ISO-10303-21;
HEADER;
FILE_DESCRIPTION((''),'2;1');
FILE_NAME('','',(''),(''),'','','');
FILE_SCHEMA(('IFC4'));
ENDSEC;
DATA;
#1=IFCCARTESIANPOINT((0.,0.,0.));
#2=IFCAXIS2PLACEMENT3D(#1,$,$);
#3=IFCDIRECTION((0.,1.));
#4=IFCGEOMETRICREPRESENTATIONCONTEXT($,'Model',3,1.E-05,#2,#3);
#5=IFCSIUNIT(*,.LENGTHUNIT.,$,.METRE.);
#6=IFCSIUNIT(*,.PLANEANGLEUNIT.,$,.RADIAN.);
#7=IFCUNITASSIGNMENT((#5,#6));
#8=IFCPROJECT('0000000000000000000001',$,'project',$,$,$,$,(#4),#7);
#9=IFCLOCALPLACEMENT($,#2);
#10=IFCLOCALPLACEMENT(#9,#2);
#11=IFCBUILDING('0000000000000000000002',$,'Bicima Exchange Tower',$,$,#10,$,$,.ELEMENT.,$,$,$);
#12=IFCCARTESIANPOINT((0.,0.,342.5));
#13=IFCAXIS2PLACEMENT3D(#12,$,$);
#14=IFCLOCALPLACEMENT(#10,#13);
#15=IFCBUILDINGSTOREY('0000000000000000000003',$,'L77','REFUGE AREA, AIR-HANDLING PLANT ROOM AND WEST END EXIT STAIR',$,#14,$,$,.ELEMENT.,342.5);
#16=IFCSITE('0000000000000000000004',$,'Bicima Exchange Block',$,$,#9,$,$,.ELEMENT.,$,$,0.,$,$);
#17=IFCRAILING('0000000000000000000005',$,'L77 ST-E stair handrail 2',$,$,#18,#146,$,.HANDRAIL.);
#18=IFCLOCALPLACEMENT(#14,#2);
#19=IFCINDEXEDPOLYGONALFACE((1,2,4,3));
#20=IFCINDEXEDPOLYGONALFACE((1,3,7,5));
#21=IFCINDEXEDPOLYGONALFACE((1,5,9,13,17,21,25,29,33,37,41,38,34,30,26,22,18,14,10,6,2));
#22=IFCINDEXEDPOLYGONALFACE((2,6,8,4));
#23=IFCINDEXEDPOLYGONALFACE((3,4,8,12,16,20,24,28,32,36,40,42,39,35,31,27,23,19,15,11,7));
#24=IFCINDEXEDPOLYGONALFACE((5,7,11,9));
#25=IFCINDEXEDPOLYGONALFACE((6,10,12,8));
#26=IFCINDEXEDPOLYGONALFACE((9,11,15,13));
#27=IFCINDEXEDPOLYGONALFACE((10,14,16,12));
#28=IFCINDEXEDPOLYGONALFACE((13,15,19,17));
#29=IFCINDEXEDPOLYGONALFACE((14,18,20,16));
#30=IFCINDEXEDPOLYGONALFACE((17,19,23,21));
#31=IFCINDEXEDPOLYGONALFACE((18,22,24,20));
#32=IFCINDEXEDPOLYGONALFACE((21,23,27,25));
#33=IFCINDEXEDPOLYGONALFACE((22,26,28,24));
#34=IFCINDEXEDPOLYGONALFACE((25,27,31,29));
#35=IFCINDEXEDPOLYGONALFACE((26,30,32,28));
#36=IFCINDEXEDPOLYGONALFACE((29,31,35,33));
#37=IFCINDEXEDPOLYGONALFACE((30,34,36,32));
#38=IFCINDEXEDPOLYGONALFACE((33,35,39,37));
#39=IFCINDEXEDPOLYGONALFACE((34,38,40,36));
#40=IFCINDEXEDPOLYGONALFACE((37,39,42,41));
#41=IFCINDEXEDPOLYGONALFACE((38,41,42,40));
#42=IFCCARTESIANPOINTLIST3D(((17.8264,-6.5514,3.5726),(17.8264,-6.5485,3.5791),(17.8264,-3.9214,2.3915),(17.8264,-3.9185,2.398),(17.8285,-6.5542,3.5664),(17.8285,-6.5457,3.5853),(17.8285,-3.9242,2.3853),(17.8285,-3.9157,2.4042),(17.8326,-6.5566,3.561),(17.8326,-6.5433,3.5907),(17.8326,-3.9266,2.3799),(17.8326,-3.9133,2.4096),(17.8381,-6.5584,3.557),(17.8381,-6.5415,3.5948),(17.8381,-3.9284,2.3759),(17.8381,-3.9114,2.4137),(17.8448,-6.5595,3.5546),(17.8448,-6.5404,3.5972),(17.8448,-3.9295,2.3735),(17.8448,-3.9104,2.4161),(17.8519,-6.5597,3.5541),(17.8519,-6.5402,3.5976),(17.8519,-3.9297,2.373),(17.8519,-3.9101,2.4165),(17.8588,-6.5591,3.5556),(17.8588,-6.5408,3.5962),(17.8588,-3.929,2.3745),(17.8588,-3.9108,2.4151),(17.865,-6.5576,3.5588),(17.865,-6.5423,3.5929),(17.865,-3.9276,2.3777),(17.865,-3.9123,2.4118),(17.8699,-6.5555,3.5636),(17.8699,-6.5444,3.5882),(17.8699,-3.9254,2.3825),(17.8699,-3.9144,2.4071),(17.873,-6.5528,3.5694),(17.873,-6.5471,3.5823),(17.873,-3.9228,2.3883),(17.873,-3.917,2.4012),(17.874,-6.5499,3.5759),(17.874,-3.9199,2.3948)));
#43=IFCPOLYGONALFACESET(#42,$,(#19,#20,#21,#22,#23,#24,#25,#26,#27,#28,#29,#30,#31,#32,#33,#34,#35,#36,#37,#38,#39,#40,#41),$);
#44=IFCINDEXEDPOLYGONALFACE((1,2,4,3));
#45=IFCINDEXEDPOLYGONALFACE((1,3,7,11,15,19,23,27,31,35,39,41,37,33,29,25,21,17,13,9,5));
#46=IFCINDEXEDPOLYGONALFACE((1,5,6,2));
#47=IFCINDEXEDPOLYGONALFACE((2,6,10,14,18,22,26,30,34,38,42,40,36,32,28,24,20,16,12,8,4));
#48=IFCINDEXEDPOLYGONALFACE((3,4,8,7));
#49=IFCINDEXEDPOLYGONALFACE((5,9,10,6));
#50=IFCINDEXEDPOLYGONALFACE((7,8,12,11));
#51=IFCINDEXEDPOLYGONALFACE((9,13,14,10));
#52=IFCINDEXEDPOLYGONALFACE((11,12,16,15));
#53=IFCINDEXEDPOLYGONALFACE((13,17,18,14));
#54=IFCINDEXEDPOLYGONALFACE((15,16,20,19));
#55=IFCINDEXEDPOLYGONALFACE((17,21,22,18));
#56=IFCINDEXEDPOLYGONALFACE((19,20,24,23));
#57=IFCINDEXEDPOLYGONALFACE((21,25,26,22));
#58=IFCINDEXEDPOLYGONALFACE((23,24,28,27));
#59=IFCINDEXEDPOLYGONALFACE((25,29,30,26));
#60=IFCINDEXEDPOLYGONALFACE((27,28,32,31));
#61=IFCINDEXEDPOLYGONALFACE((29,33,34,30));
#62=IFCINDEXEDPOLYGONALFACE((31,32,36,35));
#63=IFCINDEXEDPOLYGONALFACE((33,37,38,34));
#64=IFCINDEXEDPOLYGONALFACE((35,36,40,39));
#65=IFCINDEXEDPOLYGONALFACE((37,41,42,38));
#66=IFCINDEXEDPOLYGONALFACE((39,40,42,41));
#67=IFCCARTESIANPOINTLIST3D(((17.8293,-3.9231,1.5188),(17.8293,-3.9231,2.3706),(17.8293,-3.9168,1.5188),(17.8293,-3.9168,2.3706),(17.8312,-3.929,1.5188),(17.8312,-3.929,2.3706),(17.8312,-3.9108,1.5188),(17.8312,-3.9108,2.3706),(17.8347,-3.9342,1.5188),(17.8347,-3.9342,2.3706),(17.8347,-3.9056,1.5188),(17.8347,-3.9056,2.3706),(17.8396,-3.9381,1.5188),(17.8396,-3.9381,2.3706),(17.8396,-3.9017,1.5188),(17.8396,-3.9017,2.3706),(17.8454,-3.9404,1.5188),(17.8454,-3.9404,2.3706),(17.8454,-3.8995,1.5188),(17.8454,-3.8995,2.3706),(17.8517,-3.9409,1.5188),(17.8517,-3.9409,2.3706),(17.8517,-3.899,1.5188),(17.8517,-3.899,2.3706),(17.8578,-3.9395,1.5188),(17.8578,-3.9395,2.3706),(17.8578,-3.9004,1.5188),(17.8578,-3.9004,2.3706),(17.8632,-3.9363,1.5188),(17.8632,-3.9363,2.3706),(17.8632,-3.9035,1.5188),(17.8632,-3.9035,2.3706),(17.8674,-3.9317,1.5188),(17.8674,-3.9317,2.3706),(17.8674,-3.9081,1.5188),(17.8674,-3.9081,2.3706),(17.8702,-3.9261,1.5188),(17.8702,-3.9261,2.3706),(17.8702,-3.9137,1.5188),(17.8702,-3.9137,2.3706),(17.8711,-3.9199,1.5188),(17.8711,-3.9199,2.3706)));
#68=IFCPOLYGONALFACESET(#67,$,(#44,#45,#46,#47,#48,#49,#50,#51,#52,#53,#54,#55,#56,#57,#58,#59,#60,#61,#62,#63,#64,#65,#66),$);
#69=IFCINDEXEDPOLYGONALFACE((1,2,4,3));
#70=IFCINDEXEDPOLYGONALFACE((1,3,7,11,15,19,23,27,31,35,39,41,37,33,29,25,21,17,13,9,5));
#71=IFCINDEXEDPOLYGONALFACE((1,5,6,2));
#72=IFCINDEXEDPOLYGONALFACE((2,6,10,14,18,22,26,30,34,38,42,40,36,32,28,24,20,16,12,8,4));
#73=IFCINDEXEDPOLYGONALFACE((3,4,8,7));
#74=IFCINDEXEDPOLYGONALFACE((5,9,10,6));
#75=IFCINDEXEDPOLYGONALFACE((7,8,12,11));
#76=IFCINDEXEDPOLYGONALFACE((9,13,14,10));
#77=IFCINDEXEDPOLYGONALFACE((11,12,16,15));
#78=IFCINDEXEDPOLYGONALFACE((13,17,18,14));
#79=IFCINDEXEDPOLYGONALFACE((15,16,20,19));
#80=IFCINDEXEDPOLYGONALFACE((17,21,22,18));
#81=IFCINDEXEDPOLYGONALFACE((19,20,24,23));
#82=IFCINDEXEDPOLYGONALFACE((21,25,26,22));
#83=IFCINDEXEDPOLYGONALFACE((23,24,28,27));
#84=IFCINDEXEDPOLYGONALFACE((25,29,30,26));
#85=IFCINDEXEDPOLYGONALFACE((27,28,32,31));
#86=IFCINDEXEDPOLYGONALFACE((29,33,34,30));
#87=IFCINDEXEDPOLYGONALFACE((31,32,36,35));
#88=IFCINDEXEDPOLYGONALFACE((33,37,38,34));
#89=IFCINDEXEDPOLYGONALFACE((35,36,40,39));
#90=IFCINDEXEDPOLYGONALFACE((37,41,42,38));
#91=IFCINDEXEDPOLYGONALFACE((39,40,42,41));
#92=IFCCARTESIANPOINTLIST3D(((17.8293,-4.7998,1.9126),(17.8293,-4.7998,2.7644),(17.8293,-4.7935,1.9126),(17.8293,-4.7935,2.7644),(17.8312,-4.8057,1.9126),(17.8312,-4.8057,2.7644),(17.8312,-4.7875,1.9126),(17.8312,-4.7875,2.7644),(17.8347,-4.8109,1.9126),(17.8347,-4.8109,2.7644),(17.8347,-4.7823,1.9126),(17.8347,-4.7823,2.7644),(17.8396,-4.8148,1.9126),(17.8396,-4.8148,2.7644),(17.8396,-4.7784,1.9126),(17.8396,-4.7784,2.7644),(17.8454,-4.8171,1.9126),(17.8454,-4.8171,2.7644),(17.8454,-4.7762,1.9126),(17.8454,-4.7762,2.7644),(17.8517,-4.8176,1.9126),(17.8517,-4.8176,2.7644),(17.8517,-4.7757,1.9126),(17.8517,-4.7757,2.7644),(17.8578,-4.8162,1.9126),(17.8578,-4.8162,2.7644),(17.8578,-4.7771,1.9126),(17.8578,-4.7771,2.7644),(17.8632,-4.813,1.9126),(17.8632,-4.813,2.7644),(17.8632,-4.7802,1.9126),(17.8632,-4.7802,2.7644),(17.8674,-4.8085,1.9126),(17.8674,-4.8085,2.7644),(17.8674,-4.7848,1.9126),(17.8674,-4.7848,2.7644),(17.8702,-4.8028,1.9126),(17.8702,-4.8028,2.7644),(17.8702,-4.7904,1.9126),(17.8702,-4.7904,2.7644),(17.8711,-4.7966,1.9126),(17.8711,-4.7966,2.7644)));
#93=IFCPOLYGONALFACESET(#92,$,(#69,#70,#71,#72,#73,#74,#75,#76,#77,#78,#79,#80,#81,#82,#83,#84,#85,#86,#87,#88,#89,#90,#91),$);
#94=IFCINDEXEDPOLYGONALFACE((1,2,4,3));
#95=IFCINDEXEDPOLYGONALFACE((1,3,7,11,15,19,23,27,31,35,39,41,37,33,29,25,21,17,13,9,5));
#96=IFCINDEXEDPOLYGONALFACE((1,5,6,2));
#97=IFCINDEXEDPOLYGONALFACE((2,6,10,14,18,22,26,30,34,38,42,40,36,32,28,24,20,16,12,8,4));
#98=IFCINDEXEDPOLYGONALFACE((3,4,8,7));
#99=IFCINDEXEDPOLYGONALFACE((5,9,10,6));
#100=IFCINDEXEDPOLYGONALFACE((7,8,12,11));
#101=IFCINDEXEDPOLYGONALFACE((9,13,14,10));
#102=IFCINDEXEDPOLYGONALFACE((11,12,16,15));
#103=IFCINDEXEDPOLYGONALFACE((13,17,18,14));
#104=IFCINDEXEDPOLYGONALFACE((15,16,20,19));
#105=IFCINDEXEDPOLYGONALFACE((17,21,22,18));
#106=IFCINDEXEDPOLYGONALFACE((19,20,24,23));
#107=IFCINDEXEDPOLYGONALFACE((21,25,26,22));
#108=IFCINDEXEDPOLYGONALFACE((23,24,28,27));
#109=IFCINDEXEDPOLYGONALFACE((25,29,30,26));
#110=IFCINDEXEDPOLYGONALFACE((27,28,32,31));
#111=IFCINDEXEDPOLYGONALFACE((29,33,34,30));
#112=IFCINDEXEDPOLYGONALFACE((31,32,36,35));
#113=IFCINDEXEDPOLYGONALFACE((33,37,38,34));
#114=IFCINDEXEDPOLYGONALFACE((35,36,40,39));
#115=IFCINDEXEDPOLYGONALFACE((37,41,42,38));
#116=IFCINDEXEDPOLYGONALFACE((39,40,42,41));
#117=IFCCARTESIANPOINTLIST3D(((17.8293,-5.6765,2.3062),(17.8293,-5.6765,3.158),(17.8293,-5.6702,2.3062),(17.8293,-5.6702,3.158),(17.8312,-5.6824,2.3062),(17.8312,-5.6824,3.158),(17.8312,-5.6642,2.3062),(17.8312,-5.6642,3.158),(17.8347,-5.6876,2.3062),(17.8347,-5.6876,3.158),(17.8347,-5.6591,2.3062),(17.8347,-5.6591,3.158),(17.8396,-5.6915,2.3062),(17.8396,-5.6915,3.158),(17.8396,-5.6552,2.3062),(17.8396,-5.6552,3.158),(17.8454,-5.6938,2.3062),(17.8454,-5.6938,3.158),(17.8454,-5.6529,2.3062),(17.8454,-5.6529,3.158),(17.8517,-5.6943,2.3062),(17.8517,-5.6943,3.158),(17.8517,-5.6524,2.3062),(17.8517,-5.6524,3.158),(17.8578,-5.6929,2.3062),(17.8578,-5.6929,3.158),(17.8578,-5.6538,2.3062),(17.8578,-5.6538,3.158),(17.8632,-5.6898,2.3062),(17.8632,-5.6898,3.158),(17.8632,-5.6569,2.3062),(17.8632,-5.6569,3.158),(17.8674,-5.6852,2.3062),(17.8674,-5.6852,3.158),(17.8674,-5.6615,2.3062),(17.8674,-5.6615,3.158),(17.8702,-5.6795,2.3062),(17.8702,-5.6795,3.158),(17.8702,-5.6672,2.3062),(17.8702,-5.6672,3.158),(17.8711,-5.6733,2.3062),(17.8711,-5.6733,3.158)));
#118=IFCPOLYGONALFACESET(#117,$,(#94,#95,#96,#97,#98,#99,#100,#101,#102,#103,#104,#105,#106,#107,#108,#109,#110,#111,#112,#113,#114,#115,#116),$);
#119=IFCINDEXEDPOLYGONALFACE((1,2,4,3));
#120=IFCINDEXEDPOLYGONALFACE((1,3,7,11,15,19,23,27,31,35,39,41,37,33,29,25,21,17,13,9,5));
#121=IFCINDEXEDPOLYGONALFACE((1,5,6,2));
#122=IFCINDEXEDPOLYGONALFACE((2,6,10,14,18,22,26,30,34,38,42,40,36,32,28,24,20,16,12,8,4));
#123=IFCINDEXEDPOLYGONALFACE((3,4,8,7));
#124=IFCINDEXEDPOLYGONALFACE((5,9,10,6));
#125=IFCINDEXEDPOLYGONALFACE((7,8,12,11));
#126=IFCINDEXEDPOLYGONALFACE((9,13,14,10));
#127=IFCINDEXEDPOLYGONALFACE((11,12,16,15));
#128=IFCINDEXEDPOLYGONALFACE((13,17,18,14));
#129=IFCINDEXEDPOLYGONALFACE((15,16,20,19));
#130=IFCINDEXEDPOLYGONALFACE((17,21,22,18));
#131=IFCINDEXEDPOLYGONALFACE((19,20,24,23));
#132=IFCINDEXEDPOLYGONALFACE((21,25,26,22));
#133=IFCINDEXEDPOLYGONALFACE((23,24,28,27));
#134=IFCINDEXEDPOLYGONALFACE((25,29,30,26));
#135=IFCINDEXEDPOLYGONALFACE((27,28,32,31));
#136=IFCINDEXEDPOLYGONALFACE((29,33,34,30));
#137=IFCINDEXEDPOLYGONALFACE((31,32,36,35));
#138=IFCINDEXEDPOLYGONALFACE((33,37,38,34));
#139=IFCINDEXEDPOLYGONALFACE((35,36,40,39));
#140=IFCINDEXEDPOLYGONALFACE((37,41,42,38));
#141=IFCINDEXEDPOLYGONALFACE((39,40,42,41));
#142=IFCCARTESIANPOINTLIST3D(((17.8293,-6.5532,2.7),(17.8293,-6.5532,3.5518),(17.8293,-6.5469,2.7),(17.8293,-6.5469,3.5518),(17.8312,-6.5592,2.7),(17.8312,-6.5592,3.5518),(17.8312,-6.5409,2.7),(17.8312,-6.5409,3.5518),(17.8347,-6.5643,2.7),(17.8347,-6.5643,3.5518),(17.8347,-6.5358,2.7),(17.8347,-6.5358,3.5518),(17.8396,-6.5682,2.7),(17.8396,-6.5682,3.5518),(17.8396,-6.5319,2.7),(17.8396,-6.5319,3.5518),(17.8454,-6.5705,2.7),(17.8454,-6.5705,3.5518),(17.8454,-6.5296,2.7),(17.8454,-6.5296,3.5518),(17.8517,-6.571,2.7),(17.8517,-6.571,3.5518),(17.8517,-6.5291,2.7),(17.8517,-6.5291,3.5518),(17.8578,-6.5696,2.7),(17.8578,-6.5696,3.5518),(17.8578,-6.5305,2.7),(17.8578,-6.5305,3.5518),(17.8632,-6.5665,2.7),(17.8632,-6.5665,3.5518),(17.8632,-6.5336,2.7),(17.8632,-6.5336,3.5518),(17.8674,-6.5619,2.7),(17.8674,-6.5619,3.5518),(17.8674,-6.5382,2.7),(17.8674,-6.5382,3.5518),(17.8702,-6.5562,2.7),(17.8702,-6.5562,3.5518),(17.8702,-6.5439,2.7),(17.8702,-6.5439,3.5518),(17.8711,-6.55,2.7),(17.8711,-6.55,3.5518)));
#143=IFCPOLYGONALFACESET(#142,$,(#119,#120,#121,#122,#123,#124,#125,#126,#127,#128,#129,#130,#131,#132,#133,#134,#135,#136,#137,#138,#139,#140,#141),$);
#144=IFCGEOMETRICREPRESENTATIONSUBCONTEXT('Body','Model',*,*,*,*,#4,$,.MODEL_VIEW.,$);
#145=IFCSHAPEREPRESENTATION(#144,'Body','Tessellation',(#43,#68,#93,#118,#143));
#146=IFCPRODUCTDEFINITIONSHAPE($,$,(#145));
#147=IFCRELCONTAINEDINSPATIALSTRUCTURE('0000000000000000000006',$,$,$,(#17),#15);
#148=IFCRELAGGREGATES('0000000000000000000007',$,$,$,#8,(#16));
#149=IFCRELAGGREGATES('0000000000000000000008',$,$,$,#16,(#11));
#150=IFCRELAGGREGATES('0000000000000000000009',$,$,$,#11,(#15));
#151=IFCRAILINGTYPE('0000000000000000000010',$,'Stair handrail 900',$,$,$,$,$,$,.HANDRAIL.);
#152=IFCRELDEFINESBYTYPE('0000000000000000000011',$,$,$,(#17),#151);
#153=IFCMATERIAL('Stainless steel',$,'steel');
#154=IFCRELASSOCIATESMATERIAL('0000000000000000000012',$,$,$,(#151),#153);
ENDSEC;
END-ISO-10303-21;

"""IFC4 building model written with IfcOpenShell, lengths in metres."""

from ifc_helpers import new_model, si_unit, direction, frame, origin, origin_2d, place, context, subcontext, project, spatial, circle, extrude, material, type_object, element, save


model = new_model("IFC4")

# Units and contexts
model_context = context("Model", 3, precision=1e-05, world=origin(), true_north=direction((0.0, 1.0)))
body_context = subcontext(model_context, "Body", "Model", "MODEL_VIEW")
ifc_project = project(units=[si_unit("LENGTHUNIT", "METRE"), si_unit("PLANEANGLEUNIT", "RADIAN")], contexts=[model_context])

# Site, building, storey
site_placement = place(None, origin())
site = spatial("IfcSite", under=ifc_project, at=site_placement, Name="Bicima Exchange Block", CompositionType="ELEMENT", RefElevation=0.0)
building_placement = place(site_placement, origin())
building = spatial("IfcBuilding", under=site, at=building_placement, Name="Bicima Exchange Tower", CompositionType="ELEMENT")
storey_placement = place(building_placement, frame((0.0, 0.0, 342.5)))
storey = spatial("IfcBuildingStorey", under=building, at=storey_placement, Name="L77", Description="REFUGE AREA, AIR-HANDLING PLANT ROOM AND WEST END EXIT STAIR", CompositionType="ELEMENT", Elevation=342.5)

# Railing
ifc_material_1 = material(Name="Stainless steel", Category="steel")
railing_type_1 = type_object("IfcRailingType", Name="Stair handrail 900", PredefinedType="HANDRAIL", material=ifc_material_1)
railing_1_placement = place(storey_placement, frame((17.8501, -3.9199, 1.5188)))
element("IfcRailing", 1, at=railing_1_placement, inside=storey, type_object=railing_type_1, Name="L77 ST-E stair handrail 2", PredefinedType="HANDRAIL", context=body_context, shape_type="SweptSolid", body=[
    extrude(circle(Radius=0.0239, at=origin_2d()), frame((0.0, 0.0, 0.876), z_axis=(0.0, -0.912233, 0.409671), x_axis=(1.0, 0.0, 0.0)), (0.0, 0.0, 1.0), 2.8831),
    extrude(circle(Radius=0.021, at=origin_2d()), origin(), (0.0, 0.0, 1.0), 0.8518),
    extrude(circle(Radius=0.021, at=origin_2d()), frame((0.0, -0.8767, 0.3938)), (0.0, 0.0, 1.0), 0.8518),
    extrude(circle(Radius=0.021, at=origin_2d()), frame((0.0, -1.7534, 0.7874)), (0.0, 0.0, 1.0), 0.8518),
    extrude(circle(Radius=0.021, at=origin_2d()), frame((0.0, -2.6301, 1.1812)), (0.0, 0.0, 1.0), 0.8518),
])

save(model, "model.ifc")
